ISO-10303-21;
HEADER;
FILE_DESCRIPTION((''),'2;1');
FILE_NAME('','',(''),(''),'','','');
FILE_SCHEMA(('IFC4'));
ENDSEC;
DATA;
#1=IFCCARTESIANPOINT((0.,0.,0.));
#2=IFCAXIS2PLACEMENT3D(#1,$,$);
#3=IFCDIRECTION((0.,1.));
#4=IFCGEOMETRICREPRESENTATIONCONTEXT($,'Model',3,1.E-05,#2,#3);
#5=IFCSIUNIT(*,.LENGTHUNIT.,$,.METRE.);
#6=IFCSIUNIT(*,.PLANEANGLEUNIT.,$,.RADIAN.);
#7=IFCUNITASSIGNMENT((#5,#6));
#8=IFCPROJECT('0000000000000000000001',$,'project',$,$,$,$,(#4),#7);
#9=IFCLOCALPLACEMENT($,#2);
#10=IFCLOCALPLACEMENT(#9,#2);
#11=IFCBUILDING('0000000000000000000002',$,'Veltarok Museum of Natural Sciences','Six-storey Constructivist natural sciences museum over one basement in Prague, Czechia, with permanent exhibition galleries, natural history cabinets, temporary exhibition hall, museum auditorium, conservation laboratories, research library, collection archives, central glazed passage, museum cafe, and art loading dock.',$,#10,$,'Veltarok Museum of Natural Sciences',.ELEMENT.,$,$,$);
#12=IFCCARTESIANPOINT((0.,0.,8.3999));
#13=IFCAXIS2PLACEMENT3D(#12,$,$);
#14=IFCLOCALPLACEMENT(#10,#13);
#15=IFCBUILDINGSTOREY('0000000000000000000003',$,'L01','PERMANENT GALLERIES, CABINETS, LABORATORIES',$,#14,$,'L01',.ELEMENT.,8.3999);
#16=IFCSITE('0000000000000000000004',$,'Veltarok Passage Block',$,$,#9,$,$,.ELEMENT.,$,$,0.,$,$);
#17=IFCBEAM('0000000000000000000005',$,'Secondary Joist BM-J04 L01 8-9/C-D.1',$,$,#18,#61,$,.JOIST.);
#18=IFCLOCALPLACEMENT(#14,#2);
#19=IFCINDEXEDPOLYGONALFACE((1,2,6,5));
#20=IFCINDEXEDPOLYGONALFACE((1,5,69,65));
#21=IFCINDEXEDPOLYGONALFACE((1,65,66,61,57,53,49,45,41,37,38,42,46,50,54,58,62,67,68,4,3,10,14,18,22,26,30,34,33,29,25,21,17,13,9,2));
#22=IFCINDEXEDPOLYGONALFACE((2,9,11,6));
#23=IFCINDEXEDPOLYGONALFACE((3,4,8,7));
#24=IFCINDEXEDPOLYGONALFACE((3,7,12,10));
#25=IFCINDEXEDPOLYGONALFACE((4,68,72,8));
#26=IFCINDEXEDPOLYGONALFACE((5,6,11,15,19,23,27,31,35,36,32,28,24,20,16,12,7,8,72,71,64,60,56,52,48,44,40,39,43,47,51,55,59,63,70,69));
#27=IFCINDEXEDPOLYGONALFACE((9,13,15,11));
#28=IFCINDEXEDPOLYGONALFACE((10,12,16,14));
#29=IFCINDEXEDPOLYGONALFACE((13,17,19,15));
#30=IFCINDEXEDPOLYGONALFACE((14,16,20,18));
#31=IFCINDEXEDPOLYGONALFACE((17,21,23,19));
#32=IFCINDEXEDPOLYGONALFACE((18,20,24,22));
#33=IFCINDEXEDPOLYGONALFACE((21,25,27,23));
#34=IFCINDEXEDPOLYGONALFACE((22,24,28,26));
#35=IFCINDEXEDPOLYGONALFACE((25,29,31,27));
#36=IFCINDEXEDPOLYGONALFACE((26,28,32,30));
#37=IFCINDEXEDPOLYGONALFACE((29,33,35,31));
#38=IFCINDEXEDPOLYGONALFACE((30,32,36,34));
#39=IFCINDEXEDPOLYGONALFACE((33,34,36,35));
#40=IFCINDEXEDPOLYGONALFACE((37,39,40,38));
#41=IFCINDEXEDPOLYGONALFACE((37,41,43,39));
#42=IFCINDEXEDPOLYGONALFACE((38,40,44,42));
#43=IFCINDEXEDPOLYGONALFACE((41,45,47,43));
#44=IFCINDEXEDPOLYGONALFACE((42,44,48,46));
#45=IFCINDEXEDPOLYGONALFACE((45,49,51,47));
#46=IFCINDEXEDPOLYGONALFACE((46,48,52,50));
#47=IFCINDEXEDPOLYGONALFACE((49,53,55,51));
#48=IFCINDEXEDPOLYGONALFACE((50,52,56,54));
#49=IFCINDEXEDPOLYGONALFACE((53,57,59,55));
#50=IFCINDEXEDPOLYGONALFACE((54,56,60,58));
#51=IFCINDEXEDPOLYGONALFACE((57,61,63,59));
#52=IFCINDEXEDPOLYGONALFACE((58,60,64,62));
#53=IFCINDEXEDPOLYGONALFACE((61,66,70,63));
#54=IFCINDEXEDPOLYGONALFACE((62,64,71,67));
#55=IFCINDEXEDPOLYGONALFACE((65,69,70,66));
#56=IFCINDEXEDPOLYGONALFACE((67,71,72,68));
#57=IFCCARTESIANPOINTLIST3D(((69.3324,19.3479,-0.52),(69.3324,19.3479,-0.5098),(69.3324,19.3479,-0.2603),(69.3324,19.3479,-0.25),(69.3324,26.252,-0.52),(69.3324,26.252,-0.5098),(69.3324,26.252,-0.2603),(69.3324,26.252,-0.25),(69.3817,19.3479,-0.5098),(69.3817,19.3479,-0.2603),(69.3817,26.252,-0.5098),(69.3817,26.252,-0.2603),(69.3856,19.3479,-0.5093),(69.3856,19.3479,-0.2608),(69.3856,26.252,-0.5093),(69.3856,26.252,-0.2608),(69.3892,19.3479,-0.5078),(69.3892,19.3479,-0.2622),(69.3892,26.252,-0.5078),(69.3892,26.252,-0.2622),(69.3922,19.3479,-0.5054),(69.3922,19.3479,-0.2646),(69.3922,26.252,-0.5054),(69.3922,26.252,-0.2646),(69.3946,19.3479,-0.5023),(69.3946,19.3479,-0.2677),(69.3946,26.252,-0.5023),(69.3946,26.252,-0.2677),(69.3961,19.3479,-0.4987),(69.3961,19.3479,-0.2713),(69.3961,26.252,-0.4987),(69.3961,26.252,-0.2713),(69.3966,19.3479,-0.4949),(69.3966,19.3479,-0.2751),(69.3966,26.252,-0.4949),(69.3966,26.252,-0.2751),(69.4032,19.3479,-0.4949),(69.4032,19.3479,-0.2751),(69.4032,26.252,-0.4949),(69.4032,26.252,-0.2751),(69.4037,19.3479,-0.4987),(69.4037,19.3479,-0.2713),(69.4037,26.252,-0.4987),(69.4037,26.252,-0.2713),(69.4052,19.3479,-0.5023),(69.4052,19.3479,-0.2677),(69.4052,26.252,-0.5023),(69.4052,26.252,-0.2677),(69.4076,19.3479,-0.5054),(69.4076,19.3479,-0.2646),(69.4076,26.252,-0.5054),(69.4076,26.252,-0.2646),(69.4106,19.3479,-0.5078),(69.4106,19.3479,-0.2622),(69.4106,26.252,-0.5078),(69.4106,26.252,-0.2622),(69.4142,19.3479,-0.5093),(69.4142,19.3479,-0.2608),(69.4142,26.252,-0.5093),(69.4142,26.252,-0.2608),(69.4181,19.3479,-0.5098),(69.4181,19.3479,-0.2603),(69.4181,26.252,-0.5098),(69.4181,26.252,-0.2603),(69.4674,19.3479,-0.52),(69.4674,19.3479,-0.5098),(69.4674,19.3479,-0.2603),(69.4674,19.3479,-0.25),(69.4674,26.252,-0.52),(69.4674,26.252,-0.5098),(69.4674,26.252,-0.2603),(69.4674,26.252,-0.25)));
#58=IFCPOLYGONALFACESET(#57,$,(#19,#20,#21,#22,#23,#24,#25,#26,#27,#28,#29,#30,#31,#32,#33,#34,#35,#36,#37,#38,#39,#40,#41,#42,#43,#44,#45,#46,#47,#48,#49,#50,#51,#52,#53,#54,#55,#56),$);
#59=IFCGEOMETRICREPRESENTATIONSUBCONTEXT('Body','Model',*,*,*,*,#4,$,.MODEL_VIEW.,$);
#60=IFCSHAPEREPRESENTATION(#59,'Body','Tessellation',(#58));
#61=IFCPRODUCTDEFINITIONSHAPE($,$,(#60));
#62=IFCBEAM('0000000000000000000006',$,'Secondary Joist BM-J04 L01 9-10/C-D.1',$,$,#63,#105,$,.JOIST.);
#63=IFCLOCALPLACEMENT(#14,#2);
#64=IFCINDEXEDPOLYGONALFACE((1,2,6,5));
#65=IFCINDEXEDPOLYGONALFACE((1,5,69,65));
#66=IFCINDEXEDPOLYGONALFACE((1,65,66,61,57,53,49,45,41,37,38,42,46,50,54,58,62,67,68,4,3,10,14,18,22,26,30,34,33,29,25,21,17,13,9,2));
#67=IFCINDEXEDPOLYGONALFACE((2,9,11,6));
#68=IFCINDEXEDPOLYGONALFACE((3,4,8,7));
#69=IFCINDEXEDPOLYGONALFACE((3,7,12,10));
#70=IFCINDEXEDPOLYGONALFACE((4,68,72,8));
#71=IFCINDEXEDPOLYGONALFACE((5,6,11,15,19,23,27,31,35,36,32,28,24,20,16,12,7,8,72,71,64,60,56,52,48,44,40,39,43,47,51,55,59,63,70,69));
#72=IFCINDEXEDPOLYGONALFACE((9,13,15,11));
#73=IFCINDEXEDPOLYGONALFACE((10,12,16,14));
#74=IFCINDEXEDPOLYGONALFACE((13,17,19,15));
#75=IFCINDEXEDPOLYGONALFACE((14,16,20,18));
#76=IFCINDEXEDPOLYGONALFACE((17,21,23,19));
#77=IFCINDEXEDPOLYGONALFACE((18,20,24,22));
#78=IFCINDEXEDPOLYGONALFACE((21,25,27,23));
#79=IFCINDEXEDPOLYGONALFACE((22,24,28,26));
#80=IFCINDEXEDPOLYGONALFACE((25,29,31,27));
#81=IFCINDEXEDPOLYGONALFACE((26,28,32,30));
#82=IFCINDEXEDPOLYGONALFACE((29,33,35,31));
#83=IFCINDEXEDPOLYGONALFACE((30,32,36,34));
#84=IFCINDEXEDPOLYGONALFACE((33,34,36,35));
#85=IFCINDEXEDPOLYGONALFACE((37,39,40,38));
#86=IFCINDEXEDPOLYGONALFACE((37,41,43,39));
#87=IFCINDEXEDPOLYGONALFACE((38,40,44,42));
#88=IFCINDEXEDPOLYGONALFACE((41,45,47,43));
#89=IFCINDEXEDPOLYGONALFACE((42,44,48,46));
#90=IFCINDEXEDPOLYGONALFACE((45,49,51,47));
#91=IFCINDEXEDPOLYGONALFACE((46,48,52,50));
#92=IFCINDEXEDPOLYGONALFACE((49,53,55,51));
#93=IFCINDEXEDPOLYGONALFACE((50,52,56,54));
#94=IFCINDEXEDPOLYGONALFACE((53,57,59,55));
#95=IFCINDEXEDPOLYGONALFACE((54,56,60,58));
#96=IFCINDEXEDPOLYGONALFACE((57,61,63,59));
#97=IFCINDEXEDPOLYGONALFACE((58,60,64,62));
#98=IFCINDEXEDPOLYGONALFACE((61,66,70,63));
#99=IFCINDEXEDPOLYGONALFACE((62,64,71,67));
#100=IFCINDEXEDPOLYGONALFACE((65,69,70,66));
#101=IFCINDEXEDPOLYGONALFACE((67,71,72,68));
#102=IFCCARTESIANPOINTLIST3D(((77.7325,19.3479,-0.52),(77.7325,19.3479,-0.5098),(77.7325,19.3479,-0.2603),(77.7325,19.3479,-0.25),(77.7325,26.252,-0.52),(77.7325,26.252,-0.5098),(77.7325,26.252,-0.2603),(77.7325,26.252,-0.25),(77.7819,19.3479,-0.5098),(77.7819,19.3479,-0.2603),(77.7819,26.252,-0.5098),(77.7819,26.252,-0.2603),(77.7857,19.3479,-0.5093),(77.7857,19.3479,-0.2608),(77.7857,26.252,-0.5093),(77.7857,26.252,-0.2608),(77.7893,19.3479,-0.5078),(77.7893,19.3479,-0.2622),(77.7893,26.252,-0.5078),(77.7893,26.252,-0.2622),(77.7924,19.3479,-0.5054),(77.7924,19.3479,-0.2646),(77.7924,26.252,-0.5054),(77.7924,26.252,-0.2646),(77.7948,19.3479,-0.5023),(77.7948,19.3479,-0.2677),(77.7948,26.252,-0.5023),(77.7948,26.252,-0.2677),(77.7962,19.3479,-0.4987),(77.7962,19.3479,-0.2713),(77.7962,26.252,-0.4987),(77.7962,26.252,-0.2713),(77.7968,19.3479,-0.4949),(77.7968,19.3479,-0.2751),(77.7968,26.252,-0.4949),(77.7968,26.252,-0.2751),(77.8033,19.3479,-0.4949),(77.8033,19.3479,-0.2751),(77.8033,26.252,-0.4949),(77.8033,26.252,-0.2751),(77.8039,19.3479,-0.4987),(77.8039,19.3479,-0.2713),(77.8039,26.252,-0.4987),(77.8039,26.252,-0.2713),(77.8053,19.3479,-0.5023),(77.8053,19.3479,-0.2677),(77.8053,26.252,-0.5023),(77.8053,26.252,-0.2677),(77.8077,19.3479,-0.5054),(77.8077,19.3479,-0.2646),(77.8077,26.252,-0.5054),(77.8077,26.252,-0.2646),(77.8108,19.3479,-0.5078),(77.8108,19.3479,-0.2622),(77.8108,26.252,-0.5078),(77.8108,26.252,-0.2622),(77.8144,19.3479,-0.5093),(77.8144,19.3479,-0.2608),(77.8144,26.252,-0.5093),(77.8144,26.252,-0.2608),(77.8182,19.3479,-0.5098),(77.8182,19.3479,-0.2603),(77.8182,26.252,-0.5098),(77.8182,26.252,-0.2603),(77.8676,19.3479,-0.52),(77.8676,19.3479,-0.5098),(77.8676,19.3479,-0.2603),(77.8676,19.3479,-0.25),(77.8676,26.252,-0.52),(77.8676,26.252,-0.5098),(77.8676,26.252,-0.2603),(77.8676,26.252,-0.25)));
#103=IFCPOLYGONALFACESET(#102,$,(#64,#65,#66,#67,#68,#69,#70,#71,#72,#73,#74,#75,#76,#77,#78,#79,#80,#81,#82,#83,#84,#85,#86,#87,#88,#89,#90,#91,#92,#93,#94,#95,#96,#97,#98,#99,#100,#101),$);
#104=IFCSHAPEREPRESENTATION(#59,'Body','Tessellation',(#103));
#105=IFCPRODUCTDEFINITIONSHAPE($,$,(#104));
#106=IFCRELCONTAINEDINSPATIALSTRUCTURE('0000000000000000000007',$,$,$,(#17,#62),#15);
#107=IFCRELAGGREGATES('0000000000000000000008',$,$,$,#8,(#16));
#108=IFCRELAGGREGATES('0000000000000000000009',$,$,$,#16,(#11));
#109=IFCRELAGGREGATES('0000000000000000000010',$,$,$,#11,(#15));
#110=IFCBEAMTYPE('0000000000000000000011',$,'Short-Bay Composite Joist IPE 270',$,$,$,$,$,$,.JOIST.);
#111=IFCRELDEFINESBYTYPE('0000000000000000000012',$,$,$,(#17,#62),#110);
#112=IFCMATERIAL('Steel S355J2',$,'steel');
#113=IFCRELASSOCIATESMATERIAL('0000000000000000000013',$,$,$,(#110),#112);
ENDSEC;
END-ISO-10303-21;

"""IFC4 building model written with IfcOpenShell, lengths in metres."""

from ifc_helpers import new_model, si_unit, direction, frame, origin, origin_2d, place, context, subcontext, project, spatial, i_section, extrude, material, material_profile, profile_set, type_object, element, save


model = new_model("IFC4")

# Units and contexts
model_context = context("Model", 3, precision=1e-05, world=origin(), true_north=direction((0.0, 1.0)))
body_context = subcontext(model_context, "Body", "Model", "MODEL_VIEW")
ifc_project = project(units=[si_unit("LENGTHUNIT", "METRE"), si_unit("PLANEANGLEUNIT", "RADIAN")], contexts=[model_context])

# Site, building, storey
site_placement = place(None, origin())
site = spatial("IfcSite", under=ifc_project, at=site_placement, Name="Veltarok Passage Block", CompositionType="ELEMENT", RefElevation=0.0)
building_placement = place(site_placement, origin())
building = spatial("IfcBuilding", under=site, at=building_placement, Name="Veltarok Museum of Natural Sciences", Description="Six-storey Constructivist natural sciences museum over one basement in Prague, Czechia, with permanent exhibition galleries, natural history cabinets, temporary exhibition hall, museum auditorium, conservation laboratories, research library, collection archives, central glazed passage, museum cafe, and art loading dock.", LongName="Veltarok Museum of Natural Sciences", CompositionType="ELEMENT")
storey_placement = place(building_placement, frame((0.0, 0.0, 8.3999)))
storey = spatial("IfcBuildingStorey", under=building, at=storey_placement, Name="L01", Description="PERMANENT GALLERIES, CABINETS, LABORATORIES", LongName="L01", CompositionType="ELEMENT", Elevation=8.3999)

# Shared definitions
ifc_material = material(Name="Steel S355J2", Category="steel")

# Beams
ifc_material_profile_1 = material_profile(ifc_material, i_section(OverallWidth=0.135, OverallDepth=0.27, WebThickness=0.0066, FlangeThickness=0.0103, FilletRadius=0.0149, at=origin_2d()), Name="IPE 270")
ifc_profile_set_1 = profile_set([ifc_material_profile_1], Name="Steel S355J2")
beam_type_1 = type_object("IfcBeamType", Name="Short-Bay Composite Joist IPE 270", PredefinedType="JOIST", material=ifc_profile_set_1)
for number, where, z_axis, x_axis, name in (
    (1, (69.3999, 19.3479, -0.385), (0.0, 1.0, 0.0), (-1.0, 0.0, 0.0), "Secondary Joist BM-J04 L01 8-9/C-D.1"),
    (2, (77.8, 19.3479, -0.385), (0.0, 1.0, 0.0), (-1.0, 0.0, 0.0), "Secondary Joist BM-J04 L01 9-10/C-D.1"),
):
    element("IfcBeam", number, at=place(storey_placement, frame(where, z_axis=z_axis, x_axis=x_axis)), inside=storey, type_object=beam_type_1, Name=name, PredefinedType="JOIST", context=body_context, shape_type="SweptSolid", body=[
        extrude(i_section(OverallWidth=0.135, OverallDepth=0.27, WebThickness=0.0066, FlangeThickness=0.0103, FilletRadius=0.0149, at=origin_2d()), origin(), (0.0, 0.0, 1.0), 6.9041),
    ])

save(model, "model.ifc")
